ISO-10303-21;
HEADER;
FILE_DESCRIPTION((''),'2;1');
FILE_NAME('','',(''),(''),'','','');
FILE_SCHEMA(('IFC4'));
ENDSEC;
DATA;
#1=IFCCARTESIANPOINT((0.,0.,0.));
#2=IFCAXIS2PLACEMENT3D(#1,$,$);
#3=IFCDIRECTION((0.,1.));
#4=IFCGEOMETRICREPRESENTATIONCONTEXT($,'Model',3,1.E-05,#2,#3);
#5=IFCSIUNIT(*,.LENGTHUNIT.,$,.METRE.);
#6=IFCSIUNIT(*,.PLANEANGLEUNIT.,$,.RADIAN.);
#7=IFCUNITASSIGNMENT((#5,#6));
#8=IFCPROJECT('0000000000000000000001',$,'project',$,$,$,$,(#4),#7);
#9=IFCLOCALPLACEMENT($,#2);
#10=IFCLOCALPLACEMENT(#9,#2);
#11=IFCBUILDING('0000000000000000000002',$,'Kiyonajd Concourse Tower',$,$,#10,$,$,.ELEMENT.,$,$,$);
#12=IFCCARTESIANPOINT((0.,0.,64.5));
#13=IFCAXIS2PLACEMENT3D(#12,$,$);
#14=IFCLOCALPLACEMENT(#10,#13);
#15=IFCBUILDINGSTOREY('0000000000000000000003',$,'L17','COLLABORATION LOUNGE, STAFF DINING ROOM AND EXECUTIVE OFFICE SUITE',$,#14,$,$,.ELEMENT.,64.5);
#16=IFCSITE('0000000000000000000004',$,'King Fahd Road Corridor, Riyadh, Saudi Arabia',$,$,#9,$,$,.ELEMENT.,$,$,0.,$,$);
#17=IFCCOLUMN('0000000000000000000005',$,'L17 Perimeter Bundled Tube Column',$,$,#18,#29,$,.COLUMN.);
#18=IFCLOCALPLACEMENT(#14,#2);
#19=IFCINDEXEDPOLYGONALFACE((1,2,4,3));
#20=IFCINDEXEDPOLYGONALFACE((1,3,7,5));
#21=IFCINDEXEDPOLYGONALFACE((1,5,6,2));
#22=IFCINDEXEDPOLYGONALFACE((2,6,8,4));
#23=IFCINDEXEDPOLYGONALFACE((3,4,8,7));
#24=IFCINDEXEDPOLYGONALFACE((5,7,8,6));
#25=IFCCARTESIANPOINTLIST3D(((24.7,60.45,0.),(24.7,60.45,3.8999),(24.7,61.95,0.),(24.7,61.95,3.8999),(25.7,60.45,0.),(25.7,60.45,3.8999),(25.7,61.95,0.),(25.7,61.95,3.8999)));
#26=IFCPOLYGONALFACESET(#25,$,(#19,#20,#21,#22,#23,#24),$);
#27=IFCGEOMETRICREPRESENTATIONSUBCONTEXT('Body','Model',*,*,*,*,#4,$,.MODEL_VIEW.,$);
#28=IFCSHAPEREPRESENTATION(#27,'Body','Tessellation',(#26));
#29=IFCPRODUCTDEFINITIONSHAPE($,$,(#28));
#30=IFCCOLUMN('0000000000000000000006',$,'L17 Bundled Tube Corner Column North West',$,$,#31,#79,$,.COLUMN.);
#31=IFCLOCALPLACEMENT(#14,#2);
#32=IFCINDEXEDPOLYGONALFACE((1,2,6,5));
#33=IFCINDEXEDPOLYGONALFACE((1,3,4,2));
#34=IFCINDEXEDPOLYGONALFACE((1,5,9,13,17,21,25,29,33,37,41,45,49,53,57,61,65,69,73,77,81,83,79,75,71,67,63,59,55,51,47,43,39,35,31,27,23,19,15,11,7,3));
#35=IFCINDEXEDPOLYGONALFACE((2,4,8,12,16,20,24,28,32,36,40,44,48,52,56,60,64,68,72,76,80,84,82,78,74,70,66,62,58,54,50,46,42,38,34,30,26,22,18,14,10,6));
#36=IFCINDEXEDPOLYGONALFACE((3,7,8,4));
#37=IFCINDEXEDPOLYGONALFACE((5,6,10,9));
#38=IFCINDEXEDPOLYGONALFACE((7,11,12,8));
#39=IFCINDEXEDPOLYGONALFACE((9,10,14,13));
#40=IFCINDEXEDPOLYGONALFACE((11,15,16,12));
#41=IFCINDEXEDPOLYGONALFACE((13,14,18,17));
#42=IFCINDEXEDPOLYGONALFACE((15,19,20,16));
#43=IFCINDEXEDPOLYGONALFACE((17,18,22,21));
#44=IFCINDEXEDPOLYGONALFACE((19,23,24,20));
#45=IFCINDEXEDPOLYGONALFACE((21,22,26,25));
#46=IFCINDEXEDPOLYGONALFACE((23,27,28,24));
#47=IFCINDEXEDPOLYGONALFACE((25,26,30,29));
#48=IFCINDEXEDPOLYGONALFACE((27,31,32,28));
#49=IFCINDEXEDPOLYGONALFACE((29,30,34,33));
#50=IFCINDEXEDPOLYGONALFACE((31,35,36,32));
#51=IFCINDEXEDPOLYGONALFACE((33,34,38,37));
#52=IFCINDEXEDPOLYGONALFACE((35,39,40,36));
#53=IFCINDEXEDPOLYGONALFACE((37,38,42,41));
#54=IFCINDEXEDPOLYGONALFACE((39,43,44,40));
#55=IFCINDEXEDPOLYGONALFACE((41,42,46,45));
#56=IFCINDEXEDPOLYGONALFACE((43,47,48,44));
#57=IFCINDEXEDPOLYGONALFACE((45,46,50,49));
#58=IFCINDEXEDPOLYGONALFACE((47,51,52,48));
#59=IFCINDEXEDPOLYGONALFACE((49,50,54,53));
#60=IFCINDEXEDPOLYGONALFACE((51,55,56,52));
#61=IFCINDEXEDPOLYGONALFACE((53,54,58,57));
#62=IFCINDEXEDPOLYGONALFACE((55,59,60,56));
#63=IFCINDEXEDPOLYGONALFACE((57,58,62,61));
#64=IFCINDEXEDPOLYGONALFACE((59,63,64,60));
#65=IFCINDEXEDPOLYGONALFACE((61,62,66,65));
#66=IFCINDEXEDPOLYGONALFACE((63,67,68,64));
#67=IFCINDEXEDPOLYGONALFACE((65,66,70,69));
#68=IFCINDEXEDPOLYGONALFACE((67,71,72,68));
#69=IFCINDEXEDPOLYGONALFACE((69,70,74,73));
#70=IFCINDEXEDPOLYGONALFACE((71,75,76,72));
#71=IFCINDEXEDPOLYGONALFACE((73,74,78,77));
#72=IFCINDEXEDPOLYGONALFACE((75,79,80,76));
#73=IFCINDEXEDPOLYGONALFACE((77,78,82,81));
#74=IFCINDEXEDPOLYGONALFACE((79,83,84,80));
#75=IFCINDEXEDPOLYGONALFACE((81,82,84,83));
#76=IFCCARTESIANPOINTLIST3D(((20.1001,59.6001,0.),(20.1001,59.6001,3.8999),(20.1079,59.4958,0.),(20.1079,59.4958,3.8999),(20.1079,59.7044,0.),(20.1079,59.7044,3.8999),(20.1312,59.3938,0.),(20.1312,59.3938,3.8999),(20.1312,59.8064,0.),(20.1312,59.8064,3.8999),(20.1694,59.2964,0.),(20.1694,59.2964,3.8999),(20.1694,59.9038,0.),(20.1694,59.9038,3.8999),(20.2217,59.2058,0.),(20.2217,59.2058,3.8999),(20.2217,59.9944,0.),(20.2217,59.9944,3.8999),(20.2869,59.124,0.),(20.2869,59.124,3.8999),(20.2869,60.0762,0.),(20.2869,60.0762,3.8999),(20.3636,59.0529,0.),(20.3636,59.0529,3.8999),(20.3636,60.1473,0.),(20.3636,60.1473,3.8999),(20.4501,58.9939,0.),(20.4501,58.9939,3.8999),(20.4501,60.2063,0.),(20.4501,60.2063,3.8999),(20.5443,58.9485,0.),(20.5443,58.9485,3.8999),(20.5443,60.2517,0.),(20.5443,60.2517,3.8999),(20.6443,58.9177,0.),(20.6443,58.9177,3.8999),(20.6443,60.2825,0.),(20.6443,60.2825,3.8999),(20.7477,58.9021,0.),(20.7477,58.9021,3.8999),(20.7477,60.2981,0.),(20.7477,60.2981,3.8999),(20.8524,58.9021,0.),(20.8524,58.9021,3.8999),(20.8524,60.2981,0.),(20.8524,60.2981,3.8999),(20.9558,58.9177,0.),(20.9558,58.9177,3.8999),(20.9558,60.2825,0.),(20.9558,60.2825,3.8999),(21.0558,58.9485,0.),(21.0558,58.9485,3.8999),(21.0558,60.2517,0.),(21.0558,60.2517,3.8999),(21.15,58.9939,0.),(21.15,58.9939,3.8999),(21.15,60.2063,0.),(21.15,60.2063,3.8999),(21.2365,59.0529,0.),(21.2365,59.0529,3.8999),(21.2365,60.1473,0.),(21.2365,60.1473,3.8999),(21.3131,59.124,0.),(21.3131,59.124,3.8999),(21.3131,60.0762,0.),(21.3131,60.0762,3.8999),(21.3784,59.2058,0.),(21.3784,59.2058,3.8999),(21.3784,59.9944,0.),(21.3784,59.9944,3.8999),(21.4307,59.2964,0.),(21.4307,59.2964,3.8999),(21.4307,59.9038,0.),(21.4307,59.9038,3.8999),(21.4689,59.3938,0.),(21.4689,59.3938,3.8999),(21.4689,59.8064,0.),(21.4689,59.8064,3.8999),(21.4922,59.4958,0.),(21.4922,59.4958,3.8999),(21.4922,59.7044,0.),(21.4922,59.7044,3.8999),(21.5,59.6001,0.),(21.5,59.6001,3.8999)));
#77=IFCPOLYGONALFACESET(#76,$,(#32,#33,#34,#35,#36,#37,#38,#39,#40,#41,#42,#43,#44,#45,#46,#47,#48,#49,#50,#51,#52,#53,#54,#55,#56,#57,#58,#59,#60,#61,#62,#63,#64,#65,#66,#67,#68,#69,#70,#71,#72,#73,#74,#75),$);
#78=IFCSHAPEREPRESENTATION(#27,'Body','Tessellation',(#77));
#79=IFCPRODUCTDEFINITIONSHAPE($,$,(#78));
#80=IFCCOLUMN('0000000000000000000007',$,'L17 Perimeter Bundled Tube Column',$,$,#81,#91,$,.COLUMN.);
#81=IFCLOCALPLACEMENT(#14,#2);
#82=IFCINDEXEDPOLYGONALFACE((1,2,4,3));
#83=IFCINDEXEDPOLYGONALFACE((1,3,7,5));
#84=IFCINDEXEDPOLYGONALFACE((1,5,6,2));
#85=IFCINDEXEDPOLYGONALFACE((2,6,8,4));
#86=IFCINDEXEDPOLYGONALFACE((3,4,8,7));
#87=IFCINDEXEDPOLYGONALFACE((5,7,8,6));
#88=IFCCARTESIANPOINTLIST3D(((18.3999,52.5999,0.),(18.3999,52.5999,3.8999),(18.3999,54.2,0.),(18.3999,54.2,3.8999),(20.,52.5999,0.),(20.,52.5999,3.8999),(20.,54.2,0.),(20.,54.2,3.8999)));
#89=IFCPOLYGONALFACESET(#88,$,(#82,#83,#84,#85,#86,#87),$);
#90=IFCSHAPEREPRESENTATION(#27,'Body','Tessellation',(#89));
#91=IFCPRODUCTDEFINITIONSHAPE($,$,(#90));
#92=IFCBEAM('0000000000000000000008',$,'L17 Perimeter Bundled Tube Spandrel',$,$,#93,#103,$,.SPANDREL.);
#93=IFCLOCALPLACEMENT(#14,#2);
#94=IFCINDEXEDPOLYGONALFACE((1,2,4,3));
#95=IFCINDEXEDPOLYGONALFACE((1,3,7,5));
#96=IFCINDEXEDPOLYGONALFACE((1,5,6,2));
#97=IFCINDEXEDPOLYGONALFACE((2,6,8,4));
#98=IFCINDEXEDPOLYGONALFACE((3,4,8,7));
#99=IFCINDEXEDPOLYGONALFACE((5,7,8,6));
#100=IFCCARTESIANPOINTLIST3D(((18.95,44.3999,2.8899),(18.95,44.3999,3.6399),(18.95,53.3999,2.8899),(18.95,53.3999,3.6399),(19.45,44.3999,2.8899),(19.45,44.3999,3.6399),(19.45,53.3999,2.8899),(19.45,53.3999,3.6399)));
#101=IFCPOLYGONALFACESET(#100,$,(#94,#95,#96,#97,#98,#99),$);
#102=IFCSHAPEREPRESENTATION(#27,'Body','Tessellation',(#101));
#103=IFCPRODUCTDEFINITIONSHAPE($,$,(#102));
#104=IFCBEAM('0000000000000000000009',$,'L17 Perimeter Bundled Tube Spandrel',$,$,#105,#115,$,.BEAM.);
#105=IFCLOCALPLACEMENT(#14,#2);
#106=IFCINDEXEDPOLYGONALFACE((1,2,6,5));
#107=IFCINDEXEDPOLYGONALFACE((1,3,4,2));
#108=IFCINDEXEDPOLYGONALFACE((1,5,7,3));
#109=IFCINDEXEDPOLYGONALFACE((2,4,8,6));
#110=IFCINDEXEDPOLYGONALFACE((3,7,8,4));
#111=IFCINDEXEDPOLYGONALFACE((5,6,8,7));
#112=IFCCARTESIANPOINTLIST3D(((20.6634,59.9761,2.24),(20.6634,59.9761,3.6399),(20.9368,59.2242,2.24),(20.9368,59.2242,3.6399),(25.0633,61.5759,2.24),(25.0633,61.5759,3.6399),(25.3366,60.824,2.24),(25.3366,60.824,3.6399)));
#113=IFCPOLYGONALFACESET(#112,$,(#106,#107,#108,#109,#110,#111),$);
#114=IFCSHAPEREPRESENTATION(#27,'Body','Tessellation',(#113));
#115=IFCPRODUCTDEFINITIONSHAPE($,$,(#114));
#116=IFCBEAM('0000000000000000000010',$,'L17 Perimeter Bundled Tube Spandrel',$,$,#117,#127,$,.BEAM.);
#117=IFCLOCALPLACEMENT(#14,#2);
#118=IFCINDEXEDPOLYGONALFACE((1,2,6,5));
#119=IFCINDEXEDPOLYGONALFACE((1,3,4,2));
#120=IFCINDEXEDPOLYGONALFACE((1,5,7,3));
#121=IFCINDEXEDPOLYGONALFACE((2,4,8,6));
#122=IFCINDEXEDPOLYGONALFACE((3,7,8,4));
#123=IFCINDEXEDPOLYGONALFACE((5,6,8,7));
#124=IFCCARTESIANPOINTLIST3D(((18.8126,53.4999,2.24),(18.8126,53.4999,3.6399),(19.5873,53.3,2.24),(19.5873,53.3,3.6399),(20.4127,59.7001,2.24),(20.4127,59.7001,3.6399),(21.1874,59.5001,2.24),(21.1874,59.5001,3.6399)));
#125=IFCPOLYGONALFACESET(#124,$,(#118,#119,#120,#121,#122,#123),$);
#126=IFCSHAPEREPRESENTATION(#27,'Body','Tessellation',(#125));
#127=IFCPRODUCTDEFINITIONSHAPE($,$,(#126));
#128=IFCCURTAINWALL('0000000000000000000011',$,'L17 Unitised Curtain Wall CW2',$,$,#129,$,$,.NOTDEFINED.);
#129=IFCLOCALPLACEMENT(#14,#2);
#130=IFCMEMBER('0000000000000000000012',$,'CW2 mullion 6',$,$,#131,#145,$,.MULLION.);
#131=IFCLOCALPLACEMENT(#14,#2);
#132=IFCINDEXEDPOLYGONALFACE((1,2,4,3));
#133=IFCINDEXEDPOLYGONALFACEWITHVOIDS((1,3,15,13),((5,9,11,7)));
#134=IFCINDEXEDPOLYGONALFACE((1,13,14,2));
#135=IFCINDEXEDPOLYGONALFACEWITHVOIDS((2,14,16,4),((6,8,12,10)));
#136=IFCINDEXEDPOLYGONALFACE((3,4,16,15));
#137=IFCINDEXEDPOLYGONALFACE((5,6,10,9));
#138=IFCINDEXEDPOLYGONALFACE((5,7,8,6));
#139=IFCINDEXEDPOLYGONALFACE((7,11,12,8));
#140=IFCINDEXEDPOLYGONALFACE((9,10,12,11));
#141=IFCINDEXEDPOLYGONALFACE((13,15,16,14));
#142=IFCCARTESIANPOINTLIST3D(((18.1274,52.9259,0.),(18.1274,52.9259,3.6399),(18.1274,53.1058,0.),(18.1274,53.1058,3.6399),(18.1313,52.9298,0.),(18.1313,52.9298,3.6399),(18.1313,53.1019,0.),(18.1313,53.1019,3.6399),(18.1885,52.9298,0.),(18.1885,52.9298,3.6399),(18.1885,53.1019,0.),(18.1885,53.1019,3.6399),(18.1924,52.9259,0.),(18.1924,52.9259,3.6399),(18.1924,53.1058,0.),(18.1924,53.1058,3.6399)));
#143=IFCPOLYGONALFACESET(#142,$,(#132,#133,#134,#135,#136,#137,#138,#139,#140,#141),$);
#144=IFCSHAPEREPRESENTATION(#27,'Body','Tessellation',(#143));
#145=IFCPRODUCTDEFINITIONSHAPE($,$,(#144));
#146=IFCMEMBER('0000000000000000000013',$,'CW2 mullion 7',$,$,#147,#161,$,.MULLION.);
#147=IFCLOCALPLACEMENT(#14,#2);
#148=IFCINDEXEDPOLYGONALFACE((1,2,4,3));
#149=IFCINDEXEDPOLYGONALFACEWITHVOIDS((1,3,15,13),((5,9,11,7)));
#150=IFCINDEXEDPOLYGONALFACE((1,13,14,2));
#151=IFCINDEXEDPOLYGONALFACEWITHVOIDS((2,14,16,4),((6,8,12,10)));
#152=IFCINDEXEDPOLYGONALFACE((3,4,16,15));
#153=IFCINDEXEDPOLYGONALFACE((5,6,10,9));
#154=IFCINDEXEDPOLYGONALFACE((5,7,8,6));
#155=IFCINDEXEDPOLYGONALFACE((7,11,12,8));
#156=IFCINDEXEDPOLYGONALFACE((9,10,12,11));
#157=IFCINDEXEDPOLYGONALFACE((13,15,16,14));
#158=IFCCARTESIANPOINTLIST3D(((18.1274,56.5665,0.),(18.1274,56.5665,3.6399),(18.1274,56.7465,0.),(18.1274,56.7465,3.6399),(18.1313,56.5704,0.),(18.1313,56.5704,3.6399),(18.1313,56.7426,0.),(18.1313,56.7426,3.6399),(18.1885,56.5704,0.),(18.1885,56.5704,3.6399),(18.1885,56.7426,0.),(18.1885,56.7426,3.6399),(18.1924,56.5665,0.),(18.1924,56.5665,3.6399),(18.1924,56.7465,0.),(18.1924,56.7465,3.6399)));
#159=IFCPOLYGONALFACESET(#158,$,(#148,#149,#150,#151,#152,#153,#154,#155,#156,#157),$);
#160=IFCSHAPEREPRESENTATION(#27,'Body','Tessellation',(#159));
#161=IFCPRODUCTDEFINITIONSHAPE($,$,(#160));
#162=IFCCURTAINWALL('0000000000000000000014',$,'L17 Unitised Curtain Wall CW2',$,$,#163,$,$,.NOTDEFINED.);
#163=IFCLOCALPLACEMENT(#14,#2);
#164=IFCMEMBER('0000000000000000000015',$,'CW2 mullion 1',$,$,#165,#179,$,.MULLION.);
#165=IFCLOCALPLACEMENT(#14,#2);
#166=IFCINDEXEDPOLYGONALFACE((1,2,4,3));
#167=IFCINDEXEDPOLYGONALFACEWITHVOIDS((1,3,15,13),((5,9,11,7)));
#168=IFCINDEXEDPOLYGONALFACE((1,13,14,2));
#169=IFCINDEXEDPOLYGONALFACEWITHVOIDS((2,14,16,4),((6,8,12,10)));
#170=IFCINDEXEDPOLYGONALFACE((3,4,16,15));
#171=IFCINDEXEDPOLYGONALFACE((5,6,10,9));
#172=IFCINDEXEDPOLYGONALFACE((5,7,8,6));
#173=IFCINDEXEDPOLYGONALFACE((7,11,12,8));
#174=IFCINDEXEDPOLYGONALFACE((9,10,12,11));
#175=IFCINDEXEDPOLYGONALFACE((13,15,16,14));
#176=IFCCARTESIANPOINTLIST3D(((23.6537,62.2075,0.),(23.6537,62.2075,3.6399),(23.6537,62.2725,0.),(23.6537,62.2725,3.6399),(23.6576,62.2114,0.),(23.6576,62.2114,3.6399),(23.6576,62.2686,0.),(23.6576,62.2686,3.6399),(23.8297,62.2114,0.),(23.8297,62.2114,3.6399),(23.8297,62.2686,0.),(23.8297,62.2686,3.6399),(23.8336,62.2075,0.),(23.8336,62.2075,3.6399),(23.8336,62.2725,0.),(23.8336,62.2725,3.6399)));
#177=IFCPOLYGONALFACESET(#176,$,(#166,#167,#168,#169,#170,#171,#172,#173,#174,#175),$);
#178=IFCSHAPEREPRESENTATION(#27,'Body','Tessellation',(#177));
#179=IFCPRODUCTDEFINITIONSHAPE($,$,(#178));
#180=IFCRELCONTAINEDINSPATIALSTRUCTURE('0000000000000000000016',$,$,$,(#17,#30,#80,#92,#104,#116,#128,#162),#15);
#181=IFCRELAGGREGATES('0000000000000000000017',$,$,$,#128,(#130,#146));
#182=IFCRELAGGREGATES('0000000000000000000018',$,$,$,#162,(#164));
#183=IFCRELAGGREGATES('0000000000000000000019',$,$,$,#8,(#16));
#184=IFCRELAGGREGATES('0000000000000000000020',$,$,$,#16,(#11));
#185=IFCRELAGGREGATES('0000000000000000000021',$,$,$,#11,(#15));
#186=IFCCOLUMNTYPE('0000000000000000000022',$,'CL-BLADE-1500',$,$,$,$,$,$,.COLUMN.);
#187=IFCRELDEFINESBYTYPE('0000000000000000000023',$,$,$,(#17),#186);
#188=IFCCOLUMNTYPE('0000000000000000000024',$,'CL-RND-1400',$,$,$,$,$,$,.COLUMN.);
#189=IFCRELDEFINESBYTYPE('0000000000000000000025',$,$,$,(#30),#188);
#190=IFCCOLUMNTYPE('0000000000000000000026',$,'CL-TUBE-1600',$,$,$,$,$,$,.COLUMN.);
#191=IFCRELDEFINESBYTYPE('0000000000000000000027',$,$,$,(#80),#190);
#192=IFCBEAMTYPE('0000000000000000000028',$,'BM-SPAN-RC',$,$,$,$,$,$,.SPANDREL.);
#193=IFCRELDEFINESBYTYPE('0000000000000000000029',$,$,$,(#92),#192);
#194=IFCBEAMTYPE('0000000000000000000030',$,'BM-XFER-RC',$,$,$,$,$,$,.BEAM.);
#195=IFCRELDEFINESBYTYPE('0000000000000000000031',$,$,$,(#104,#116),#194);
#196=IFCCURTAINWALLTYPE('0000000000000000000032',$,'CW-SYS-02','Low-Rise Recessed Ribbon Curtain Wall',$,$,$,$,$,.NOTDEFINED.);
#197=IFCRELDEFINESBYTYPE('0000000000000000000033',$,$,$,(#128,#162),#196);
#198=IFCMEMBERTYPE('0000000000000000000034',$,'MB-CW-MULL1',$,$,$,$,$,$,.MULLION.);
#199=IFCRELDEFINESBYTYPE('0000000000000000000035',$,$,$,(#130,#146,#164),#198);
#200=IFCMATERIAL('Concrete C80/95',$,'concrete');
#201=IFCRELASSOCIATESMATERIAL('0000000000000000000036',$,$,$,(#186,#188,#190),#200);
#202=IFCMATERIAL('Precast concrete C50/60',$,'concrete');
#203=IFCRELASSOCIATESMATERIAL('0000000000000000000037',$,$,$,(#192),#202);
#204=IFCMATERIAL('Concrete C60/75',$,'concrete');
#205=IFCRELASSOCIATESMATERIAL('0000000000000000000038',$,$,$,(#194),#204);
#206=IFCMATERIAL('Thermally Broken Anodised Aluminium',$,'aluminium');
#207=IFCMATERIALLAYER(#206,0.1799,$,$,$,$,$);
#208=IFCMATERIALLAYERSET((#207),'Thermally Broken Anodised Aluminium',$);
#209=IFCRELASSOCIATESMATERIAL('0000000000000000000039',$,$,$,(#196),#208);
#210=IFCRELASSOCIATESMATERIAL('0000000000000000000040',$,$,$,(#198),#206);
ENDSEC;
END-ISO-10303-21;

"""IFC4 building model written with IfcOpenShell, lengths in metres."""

from ifc_helpers import new_model, si_unit, direction, frame, origin, origin_2d, place, context, subcontext, project, spatial, rectangle, hollow_rectangle, circle, extrude, material, layer, layer_set, material_profile, profile_set, type_object, element, aggregate, save


model = new_model("IFC4")

# Units and contexts
model_context = context("Model", 3, precision=1e-05, world=origin(), true_north=direction((0.0, 1.0)))
body_context = subcontext(model_context, "Body", "Model", "MODEL_VIEW")
ifc_project = project(units=[si_unit("LENGTHUNIT", "METRE"), si_unit("PLANEANGLEUNIT", "RADIAN")], contexts=[model_context])

# Site, building, storey
site_placement = place(None, origin())
site = spatial("IfcSite", under=ifc_project, at=site_placement, Name="King Fahd Road Corridor, Riyadh, Saudi Arabia", CompositionType="ELEMENT", RefElevation=0.0)
building_placement = place(site_placement, origin())
building = spatial("IfcBuilding", under=site, at=building_placement, Name="Kiyonajd Concourse Tower", CompositionType="ELEMENT")
storey_placement = place(building_placement, frame((0.0, 0.0, 64.5)))
storey = spatial("IfcBuildingStorey", under=building, at=storey_placement, Name="L17", Description="COLLABORATION LOUNGE, STAFF DINING ROOM AND EXECUTIVE OFFICE SUITE", CompositionType="ELEMENT", Elevation=64.5)

# Columns
ifc_material_1 = material(Name="Concrete C80/95", Category="concrete")
ifc_material_profile_1 = material_profile(ifc_material_1, rectangle(XDim=1.0, YDim=1.5, at=origin_2d()), Name="RC-1500x1000")
ifc_profile_set_1 = profile_set([ifc_material_profile_1], Name="Concrete C80/95")
column_type_1 = type_object("IfcColumnType", Name="CL-BLADE-1500", PredefinedType="COLUMN", material=ifc_profile_set_1)
column_1_placement = place(storey_placement, frame((25.2, 61.2, 0.0), z_axis=(0.0, 0.0, 1.0), x_axis=(1.0, 0.0, 0.0)))
element("IfcColumn", 1, at=column_1_placement, inside=storey, type_object=column_type_1, Name="L17 Perimeter Bundled Tube Column", PredefinedType="COLUMN", context=body_context, shape_type="SweptSolid", body=[
    extrude(rectangle(XDim=1.0, YDim=1.5, at=origin_2d()), origin(), (0.0, 0.0, 1.0), 3.8999),
])
ifc_material_profile_2 = material_profile(ifc_material_1, circle(Radius=0.7, at=origin_2d()), Name="RCC-D1400")
ifc_profile_set_2 = profile_set([ifc_material_profile_2], Name="Concrete C80/95")
column_type_2 = type_object("IfcColumnType", Name="CL-RND-1400", PredefinedType="COLUMN", material=ifc_profile_set_2)
column_2_placement = place(storey_placement, frame((20.8, 59.6001, 0.0), z_axis=(0.0, 0.0, 1.0), x_axis=(1.0, 0.0, 0.0)))
element("IfcColumn", 2, at=column_2_placement, inside=storey, type_object=column_type_2, Name="L17 Bundled Tube Corner Column North West", PredefinedType="COLUMN", context=body_context, shape_type="SweptSolid", body=[
    extrude(circle(Radius=0.7, at=origin_2d()), origin(), (0.0, 0.0, 1.0), 3.8999),
])
ifc_material_profile_3 = material_profile(ifc_material_1, rectangle(XDim=1.6001, YDim=1.6001, at=origin_2d()), Name="RC-1600x1600")
ifc_profile_set_3 = profile_set([ifc_material_profile_3], Name="Concrete C80/95")
column_type_3 = type_object("IfcColumnType", Name="CL-TUBE-1600", PredefinedType="COLUMN", material=ifc_profile_set_3)
column_3_placement = place(storey_placement, frame((19.2, 53.3999, 0.0), z_axis=(0.0, 0.0, 1.0), x_axis=(1.0, 0.0, 0.0)))
element("IfcColumn", 3, at=column_3_placement, inside=storey, type_object=column_type_3, Name="L17 Perimeter Bundled Tube Column", PredefinedType="COLUMN", context=body_context, shape_type="SweptSolid", body=[
    extrude(rectangle(XDim=1.6001, YDim=1.6001, at=origin_2d()), origin(), (0.0, 0.0, 1.0), 3.8999),
])

# Beams
ifc_material_2 = material(Name="Precast concrete C50/60", Category="concrete")
ifc_material_profile_4 = material_profile(ifc_material_2, rectangle(XDim=0.5, YDim=0.75, at=origin_2d()), Name="RCBM-500x750")
ifc_profile_set_4 = profile_set([ifc_material_profile_4], Name="Precast concrete C50/60")
beam_type_1 = type_object("IfcBeamType", Name="BM-SPAN-RC", PredefinedType="SPANDREL", material=ifc_profile_set_4)
beam_1_placement = place(storey_placement, frame((19.2, 53.3999, 3.2649), z_axis=(0.0, -1.0, 0.0), x_axis=(1.0, 0.0, 0.0)))
element("IfcBeam", 4, at=beam_1_placement, inside=storey, type_object=beam_type_1, Name="L17 Perimeter Bundled Tube Spandrel", PredefinedType="SPANDREL", context=body_context, shape_type="SweptSolid", body=[
    extrude(rectangle(XDim=0.5, YDim=0.75, at=origin_2d()), origin(), (0.0, 0.0, 1.0), 9.0),
])
ifc_material_3 = material(Name="Concrete C60/75", Category="concrete")
ifc_material_profile_5 = material_profile(ifc_material_3, rectangle(XDim=0.8, YDim=1.3999, at=origin_2d()), Name="RCBM-800x1400")
ifc_profile_set_5 = profile_set([ifc_material_profile_5], Name="Concrete C60/75")
beam_type_2 = type_object("IfcBeamType", Name="BM-XFER-RC", PredefinedType="BEAM", material=ifc_profile_set_5)
beam_2_placement = place(storey_placement, frame((25.2, 61.2, 2.9399), z_axis=(-0.939801, -0.341722, 0.0), x_axis=(0.341722, -0.939801, 0.0)))
element("IfcBeam", 5, at=beam_2_placement, inside=storey, type_object=beam_type_2, Name="L17 Perimeter Bundled Tube Spandrel", PredefinedType="BEAM", context=body_context, shape_type="SweptSolid", body=[
    extrude(rectangle(XDim=0.8, YDim=1.3999, at=origin_2d()), origin(), (0.0, 0.0, 1.0), 4.6816),
])
beam_3_placement = place(storey_placement, frame((20.8, 59.6001, 2.9399), z_axis=(-0.249885, -0.968276, 0.0), x_axis=(0.968276, -0.249885, 0.0)))
element("IfcBeam", 6, at=beam_3_placement, inside=storey, type_object=beam_type_2, Name="L17 Perimeter Bundled Tube Spandrel", PredefinedType="BEAM", context=body_context, shape_type="SweptSolid", body=[
    extrude(rectangle(XDim=0.8, YDim=1.3999, at=origin_2d()), origin(), (0.0, 0.0, 1.0), 6.4033),
])

# Curtain walls, members
ifc_material_4 = material(Name="Thermally Broken Anodised Aluminium", Category="aluminium")
ifc_layer_1 = layer(ifc_material_4, 0.1799)
ifc_layer_set_1 = layer_set([ifc_layer_1], Name="Thermally Broken Anodised Aluminium")
curtain_wall_type = type_object("IfcCurtainWallType", Name="CW-SYS-02", Description="Low-Rise Recessed Ribbon Curtain Wall", PredefinedType="NOTDEFINED", material=ifc_layer_set_1)
curtain_wall_1_placement = place(storey_placement, origin())
curtain_wall_1 = element("IfcCurtainWall", 7, at=curtain_wall_1_placement, inside=storey, type_object=curtain_wall_type, Name="L17 Unitised Curtain Wall CW2", PredefinedType="NOTDEFINED")
ifc_material_profile_6 = material_profile(ifc_material_4, hollow_rectangle(XDim=0.0649, YDim=0.1799, WallThickness=0.0039, at=origin_2d()), Name="MULL-65x180")
ifc_profile_set_6 = profile_set([ifc_material_profile_6], Name="Thermally Broken Anodised Aluminium")
member_type_1 = type_object("IfcMemberType", Name="MB-CW-MULL1", PredefinedType="MULLION", material=ifc_profile_set_6)
member_1_placement = place(storey_placement, frame((18.1599, 53.0159, 0.0), z_axis=(0.0, 0.0, 1.0), x_axis=(-1.0, 0.0, 0.0)))
member_1 = element("IfcMember", 8, at=member_1_placement, type_object=member_type_1, Name="CW2 mullion 6", PredefinedType="MULLION", context=body_context, shape_type="SweptSolid", body=[
    extrude(hollow_rectangle(XDim=0.0649, YDim=0.1799, WallThickness=0.0039, at=origin_2d()), origin(), (0.0, 0.0, 1.0), 3.6399),
])
member_2_placement = place(storey_placement, frame((18.1599, 56.6565, 0.0), z_axis=(0.0, 0.0, 1.0), x_axis=(-1.0, 0.0, 0.0)))
member_2 = element("IfcMember", 9, at=member_2_placement, type_object=member_type_1, Name="CW2 mullion 7", PredefinedType="MULLION", context=body_context, shape_type="SweptSolid", body=[
    extrude(hollow_rectangle(XDim=0.0649, YDim=0.1799, WallThickness=0.0039, at=origin_2d()), origin(), (0.0, 0.0, 1.0), 3.6399),
])
curtain_wall_2_placement = place(storey_placement, origin())
curtain_wall_2 = element("IfcCurtainWall", 10, at=curtain_wall_2_placement, inside=storey, type_object=curtain_wall_type, Name="L17 Unitised Curtain Wall CW2", PredefinedType="NOTDEFINED")
member_3_placement = place(storey_placement, frame((23.7437, 62.24, 0.0), z_axis=(0.0, 0.0, 1.0), x_axis=(0.0, 1.0, 0.0)))
member_3 = element("IfcMember", 11, at=member_3_placement, type_object=member_type_1, Name="CW2 mullion 1", PredefinedType="MULLION", context=body_context, shape_type="SweptSolid", body=[
    extrude(hollow_rectangle(XDim=0.0649, YDim=0.1799, WallThickness=0.0039, at=origin_2d()), origin(), (0.0, 0.0, 1.0), 3.6399),
])

aggregate(curtain_wall_1, [member_1, member_2])
aggregate(curtain_wall_2, [member_3])

save(model, "model.ifc")
